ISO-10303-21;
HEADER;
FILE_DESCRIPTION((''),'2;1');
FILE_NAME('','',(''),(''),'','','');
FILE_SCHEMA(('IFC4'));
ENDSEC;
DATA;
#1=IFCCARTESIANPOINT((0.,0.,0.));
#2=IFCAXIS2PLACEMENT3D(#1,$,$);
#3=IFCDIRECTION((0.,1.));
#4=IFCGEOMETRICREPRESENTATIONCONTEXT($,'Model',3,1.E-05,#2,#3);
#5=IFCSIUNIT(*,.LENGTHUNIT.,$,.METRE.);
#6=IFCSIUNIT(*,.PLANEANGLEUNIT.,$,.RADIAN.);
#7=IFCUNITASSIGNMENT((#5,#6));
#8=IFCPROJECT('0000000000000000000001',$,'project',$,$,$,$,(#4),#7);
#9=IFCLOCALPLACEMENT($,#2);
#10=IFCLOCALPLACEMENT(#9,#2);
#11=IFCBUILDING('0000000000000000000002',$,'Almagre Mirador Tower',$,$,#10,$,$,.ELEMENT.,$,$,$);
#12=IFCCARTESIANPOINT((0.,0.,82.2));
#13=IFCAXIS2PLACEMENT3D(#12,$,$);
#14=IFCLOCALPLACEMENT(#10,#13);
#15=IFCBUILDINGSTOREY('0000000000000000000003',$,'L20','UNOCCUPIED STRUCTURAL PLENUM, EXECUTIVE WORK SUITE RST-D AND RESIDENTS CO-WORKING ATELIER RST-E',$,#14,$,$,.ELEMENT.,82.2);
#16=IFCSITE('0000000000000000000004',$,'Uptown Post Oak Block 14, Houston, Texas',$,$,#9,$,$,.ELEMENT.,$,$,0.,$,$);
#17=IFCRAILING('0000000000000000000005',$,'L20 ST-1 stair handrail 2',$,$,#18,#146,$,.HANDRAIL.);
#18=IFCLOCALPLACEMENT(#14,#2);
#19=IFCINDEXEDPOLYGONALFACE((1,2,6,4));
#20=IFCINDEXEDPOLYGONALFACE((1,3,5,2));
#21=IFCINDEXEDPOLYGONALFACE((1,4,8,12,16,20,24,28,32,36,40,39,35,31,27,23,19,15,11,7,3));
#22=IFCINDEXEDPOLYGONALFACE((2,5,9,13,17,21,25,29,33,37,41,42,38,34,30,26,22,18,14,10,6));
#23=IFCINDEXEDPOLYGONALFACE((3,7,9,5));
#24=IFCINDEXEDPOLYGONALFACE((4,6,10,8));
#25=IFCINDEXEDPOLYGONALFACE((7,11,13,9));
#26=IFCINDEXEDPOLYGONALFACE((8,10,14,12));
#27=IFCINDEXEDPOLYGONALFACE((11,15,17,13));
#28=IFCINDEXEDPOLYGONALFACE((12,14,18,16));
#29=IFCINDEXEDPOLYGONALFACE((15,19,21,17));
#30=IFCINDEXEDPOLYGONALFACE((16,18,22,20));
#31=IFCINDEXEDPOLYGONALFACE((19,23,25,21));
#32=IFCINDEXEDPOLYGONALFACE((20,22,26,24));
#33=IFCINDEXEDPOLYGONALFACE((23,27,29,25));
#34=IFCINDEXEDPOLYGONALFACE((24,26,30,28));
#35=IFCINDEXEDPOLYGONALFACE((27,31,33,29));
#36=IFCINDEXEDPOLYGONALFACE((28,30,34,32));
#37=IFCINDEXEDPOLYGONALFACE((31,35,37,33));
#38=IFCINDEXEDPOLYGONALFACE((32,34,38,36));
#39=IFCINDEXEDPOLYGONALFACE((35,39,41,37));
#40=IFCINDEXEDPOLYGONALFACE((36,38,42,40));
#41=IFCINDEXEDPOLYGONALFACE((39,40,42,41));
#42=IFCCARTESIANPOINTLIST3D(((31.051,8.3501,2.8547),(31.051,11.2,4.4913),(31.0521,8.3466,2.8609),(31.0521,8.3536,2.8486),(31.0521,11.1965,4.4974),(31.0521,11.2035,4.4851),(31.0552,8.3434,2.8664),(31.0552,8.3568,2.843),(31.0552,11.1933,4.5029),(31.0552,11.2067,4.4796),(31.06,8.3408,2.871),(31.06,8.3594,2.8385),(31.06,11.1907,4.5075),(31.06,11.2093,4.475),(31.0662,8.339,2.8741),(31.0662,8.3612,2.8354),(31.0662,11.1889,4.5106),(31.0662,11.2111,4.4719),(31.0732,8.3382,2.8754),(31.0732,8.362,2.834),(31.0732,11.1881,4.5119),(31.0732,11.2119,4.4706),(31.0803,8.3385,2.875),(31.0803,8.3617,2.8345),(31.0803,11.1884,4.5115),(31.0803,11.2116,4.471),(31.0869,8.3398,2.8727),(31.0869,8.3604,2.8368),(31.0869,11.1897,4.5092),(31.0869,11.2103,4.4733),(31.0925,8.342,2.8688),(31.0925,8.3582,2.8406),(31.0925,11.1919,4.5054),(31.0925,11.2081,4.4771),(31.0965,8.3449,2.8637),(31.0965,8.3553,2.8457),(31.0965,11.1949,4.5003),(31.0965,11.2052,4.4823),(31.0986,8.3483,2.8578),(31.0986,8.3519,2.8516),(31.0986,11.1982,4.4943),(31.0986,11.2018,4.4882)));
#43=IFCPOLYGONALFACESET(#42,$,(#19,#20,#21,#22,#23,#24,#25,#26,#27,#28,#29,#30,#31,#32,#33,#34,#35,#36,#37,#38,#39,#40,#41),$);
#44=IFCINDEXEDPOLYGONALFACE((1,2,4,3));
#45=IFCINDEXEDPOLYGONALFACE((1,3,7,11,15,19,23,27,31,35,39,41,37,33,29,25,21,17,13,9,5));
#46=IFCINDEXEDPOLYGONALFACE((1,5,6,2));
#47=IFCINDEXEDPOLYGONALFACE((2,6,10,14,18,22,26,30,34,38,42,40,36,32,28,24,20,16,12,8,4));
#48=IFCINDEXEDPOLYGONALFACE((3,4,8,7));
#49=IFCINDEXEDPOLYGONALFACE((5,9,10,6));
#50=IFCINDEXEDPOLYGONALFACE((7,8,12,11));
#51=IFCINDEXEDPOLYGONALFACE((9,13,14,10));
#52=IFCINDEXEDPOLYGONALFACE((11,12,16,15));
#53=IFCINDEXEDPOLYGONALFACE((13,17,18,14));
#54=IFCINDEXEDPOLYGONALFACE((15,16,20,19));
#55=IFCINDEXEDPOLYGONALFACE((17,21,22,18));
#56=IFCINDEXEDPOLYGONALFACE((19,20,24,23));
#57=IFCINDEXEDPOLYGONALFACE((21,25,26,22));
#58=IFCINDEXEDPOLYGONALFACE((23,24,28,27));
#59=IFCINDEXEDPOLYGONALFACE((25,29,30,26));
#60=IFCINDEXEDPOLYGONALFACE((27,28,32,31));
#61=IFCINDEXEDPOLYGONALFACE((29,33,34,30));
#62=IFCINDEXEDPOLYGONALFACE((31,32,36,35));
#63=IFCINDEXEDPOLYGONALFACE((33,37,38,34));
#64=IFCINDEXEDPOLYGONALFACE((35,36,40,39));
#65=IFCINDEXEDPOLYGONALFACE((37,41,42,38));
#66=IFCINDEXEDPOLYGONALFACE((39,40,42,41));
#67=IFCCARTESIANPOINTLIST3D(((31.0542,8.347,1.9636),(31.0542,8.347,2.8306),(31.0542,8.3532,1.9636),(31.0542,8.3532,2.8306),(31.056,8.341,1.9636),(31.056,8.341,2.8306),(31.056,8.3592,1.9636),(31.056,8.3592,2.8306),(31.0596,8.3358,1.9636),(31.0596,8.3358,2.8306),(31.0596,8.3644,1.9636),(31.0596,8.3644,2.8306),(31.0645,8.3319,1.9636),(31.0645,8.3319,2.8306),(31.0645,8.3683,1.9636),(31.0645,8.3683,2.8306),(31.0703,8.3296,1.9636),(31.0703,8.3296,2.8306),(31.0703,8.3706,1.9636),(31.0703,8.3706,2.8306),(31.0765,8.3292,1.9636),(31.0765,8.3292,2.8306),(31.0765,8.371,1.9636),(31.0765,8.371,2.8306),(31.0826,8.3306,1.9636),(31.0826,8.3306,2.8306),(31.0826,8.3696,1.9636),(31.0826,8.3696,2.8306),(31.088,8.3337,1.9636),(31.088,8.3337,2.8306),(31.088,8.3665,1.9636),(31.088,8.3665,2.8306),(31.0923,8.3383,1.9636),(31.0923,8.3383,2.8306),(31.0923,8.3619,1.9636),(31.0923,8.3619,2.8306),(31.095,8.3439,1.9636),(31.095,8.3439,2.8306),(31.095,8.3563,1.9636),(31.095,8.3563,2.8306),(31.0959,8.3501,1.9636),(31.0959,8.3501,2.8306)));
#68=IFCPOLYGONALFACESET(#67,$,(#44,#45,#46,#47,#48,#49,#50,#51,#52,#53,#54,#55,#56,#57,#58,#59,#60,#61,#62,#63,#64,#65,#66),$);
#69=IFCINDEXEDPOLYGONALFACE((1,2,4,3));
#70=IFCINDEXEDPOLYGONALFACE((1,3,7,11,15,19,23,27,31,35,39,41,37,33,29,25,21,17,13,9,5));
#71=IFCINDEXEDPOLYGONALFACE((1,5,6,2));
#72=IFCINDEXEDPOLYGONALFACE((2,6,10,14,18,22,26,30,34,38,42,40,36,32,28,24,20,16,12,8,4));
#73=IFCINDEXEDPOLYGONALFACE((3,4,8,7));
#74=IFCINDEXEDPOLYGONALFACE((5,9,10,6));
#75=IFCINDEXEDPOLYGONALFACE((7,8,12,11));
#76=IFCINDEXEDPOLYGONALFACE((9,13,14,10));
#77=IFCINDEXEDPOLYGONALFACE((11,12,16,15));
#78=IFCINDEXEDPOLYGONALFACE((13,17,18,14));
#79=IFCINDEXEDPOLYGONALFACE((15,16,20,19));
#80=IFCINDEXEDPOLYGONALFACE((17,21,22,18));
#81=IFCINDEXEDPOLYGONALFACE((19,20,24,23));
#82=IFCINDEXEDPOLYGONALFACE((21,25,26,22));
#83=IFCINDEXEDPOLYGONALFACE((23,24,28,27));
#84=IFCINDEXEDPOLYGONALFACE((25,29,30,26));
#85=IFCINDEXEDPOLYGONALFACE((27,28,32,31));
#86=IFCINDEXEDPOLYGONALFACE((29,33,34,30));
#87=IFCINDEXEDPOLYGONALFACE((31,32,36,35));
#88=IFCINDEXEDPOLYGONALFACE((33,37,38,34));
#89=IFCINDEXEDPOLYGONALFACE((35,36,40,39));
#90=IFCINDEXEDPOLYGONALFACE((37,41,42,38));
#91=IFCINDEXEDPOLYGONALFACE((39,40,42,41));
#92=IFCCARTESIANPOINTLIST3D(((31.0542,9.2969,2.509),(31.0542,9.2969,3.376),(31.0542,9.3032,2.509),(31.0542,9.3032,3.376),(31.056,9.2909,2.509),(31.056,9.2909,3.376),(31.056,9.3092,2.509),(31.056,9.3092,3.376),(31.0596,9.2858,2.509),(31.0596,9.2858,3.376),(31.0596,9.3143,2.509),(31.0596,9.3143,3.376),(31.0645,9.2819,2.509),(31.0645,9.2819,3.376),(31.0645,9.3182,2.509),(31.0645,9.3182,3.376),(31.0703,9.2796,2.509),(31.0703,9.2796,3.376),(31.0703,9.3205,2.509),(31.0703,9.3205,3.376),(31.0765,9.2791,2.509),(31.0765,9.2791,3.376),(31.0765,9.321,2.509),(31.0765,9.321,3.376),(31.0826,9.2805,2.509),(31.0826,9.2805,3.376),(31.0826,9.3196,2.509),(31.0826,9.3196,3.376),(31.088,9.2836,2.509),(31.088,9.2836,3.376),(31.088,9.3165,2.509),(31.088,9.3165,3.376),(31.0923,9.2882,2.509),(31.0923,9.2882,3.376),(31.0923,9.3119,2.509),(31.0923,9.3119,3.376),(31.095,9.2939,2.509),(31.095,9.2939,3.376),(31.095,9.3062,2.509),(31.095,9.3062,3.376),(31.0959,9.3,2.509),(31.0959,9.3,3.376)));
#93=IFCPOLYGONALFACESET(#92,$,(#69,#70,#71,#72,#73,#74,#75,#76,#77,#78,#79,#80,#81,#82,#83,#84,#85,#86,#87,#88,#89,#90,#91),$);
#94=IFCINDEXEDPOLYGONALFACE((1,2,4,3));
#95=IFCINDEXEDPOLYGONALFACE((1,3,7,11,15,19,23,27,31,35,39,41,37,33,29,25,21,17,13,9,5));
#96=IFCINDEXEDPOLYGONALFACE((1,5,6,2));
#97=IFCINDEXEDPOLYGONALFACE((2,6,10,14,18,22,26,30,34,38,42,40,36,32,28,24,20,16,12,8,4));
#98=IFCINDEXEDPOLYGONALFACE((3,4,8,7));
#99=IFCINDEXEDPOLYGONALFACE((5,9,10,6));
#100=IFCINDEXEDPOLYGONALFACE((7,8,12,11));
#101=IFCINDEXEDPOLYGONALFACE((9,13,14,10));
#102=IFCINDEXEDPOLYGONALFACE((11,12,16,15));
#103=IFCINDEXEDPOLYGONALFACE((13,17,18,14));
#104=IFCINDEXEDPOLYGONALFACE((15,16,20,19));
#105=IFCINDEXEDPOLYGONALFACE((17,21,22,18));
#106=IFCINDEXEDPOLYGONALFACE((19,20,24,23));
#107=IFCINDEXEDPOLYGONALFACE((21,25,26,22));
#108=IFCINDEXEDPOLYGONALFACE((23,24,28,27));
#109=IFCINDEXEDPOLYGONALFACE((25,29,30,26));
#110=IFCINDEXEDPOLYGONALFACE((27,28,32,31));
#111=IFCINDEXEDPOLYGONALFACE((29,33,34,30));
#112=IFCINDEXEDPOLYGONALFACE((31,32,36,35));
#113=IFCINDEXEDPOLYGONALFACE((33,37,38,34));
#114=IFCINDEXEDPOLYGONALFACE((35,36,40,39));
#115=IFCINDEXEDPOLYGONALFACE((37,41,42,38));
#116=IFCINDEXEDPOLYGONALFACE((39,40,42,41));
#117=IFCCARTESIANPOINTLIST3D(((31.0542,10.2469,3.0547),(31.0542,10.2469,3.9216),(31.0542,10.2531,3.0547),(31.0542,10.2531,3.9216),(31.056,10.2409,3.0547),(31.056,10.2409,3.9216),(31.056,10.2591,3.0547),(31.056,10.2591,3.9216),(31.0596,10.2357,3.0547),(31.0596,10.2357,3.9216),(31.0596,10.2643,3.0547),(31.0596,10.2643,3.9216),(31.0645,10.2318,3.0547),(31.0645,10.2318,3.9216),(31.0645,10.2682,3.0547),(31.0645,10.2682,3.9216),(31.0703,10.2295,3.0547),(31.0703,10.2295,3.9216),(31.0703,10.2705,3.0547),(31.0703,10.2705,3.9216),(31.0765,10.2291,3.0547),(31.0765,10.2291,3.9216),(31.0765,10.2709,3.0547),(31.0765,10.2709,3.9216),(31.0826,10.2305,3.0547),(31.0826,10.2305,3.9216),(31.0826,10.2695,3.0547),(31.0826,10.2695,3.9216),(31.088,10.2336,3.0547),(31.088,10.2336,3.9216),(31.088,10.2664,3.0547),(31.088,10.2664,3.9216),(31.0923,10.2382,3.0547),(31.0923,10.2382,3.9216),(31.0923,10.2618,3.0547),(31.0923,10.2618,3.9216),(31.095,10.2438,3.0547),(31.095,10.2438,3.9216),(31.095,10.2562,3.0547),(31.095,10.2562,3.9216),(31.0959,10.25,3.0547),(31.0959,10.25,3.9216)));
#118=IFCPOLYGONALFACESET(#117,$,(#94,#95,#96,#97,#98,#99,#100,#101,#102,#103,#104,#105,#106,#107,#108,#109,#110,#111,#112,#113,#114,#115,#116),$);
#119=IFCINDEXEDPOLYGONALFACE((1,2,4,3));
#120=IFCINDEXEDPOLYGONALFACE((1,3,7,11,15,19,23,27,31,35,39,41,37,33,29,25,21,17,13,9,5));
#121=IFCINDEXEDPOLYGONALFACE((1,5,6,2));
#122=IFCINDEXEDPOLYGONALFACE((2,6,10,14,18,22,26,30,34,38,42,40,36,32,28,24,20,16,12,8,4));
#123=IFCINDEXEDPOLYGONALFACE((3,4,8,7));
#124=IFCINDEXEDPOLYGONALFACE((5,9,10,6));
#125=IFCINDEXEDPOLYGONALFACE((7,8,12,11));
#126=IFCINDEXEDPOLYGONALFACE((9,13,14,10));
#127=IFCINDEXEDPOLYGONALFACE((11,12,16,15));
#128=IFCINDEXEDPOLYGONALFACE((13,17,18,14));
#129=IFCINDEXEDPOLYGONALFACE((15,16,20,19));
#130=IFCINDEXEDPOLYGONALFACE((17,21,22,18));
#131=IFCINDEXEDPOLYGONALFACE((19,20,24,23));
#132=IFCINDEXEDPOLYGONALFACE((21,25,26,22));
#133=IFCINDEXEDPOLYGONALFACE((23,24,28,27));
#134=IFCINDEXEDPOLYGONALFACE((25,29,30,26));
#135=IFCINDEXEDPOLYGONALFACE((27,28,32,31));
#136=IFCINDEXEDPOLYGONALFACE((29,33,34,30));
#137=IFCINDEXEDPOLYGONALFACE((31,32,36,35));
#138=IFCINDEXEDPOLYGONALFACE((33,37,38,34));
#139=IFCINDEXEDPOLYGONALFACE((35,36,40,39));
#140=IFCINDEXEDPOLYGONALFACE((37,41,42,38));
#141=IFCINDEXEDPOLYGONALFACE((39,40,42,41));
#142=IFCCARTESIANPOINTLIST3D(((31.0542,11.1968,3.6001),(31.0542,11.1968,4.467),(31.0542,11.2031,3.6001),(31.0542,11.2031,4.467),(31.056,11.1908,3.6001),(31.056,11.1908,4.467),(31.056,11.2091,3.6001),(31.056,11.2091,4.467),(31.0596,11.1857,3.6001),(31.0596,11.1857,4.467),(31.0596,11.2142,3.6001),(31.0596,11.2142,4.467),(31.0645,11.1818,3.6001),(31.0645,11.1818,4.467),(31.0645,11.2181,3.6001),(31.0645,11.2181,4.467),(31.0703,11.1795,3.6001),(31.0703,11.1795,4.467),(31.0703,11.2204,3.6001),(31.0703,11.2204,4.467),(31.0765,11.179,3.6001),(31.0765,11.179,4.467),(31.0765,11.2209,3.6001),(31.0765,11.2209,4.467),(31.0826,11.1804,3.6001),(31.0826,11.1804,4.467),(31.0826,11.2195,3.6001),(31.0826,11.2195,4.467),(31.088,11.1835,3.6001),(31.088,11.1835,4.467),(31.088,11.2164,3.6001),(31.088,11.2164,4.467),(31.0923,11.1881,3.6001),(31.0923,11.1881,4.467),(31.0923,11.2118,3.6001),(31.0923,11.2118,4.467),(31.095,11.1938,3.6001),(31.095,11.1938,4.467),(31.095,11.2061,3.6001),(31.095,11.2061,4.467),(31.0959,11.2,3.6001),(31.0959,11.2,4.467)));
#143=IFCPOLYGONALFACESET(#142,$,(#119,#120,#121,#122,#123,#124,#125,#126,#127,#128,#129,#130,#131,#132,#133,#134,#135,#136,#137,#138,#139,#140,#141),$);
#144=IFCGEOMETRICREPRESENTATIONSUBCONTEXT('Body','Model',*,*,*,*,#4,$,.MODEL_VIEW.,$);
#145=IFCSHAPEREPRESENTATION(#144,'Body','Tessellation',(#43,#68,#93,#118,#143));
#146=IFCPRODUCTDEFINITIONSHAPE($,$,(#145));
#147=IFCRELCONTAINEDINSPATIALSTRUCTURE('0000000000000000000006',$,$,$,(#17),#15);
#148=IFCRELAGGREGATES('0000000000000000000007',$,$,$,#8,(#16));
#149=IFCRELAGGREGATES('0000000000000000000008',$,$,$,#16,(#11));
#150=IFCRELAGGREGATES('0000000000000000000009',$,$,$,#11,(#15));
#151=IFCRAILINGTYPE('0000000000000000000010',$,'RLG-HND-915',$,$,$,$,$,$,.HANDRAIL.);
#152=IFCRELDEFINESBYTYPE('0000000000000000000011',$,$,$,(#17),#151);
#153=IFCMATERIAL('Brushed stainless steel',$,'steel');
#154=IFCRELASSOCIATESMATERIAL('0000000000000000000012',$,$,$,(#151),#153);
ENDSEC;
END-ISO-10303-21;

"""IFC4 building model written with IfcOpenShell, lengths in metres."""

from ifc_helpers import new_model, si_unit, direction, frame, origin, origin_2d, place, context, subcontext, project, spatial, circle, extrude, material, type_object, element, save


model = new_model("IFC4")

# Units and contexts
model_context = context("Model", 3, precision=1e-05, world=origin(), true_north=direction((0.0, 1.0)))
body_context = subcontext(model_context, "Body", "Model", "MODEL_VIEW")
ifc_project = project(units=[si_unit("LENGTHUNIT", "METRE"), si_unit("PLANEANGLEUNIT", "RADIAN")], contexts=[model_context])

# Site, building, storey
site_placement = place(None, origin())
site = spatial("IfcSite", under=ifc_project, at=site_placement, Name="Uptown Post Oak Block 14, Houston, Texas", CompositionType="ELEMENT", RefElevation=0.0)
building_placement = place(site_placement, origin())
building = spatial("IfcBuilding", under=site, at=building_placement, Name="Almagre Mirador Tower", CompositionType="ELEMENT")
storey_placement = place(building_placement, frame((0.0, 0.0, 82.2)))
storey = spatial("IfcBuildingStorey", under=building, at=storey_placement, Name="L20", Description="UNOCCUPIED STRUCTURAL PLENUM, EXECUTIVE WORK SUITE RST-D AND RESIDENTS CO-WORKING ATELIER RST-E", CompositionType="ELEMENT", Elevation=82.2)

# Railing
ifc_material_1 = material(Name="Brushed stainless steel", Category="steel")
railing_type_1 = type_object("IfcRailingType", Name="RLG-HND-915", PredefinedType="HANDRAIL", material=ifc_material_1)
railing_1_placement = place(storey_placement, frame((31.075, 8.3501, 1.9636)))
element("IfcRailing", 1, at=railing_1_placement, inside=storey, type_object=railing_type_1, Name="L20 ST-1 stair handrail 2", PredefinedType="HANDRAIL", context=body_context, shape_type="SweptSolid", body=[
    extrude(circle(Radius=0.0239, at=origin_2d()), frame((0.0, 0.0, 0.8911), z_axis=(0.0, 0.867194, 0.49797), x_axis=(-1.0, 0.0, 0.0)), (0.0, 0.0, 1.0), 3.2864),
    extrude(circle(Radius=0.021, at=origin_2d()), origin(), (0.0, 0.0, 1.0), 0.8669),
    extrude(circle(Radius=0.021, at=origin_2d()), frame((0.0, 0.95, 0.5454)), (0.0, 0.0, 1.0), 0.8669),
    extrude(circle(Radius=0.021, at=origin_2d()), frame((0.0, 1.8999, 1.0911)), (0.0, 0.0, 1.0), 0.8669),
    extrude(circle(Radius=0.021, at=origin_2d()), frame((0.0, 2.8499, 1.6365)), (0.0, 0.0, 1.0), 0.8669),
])

save(model, "model.ifc")
